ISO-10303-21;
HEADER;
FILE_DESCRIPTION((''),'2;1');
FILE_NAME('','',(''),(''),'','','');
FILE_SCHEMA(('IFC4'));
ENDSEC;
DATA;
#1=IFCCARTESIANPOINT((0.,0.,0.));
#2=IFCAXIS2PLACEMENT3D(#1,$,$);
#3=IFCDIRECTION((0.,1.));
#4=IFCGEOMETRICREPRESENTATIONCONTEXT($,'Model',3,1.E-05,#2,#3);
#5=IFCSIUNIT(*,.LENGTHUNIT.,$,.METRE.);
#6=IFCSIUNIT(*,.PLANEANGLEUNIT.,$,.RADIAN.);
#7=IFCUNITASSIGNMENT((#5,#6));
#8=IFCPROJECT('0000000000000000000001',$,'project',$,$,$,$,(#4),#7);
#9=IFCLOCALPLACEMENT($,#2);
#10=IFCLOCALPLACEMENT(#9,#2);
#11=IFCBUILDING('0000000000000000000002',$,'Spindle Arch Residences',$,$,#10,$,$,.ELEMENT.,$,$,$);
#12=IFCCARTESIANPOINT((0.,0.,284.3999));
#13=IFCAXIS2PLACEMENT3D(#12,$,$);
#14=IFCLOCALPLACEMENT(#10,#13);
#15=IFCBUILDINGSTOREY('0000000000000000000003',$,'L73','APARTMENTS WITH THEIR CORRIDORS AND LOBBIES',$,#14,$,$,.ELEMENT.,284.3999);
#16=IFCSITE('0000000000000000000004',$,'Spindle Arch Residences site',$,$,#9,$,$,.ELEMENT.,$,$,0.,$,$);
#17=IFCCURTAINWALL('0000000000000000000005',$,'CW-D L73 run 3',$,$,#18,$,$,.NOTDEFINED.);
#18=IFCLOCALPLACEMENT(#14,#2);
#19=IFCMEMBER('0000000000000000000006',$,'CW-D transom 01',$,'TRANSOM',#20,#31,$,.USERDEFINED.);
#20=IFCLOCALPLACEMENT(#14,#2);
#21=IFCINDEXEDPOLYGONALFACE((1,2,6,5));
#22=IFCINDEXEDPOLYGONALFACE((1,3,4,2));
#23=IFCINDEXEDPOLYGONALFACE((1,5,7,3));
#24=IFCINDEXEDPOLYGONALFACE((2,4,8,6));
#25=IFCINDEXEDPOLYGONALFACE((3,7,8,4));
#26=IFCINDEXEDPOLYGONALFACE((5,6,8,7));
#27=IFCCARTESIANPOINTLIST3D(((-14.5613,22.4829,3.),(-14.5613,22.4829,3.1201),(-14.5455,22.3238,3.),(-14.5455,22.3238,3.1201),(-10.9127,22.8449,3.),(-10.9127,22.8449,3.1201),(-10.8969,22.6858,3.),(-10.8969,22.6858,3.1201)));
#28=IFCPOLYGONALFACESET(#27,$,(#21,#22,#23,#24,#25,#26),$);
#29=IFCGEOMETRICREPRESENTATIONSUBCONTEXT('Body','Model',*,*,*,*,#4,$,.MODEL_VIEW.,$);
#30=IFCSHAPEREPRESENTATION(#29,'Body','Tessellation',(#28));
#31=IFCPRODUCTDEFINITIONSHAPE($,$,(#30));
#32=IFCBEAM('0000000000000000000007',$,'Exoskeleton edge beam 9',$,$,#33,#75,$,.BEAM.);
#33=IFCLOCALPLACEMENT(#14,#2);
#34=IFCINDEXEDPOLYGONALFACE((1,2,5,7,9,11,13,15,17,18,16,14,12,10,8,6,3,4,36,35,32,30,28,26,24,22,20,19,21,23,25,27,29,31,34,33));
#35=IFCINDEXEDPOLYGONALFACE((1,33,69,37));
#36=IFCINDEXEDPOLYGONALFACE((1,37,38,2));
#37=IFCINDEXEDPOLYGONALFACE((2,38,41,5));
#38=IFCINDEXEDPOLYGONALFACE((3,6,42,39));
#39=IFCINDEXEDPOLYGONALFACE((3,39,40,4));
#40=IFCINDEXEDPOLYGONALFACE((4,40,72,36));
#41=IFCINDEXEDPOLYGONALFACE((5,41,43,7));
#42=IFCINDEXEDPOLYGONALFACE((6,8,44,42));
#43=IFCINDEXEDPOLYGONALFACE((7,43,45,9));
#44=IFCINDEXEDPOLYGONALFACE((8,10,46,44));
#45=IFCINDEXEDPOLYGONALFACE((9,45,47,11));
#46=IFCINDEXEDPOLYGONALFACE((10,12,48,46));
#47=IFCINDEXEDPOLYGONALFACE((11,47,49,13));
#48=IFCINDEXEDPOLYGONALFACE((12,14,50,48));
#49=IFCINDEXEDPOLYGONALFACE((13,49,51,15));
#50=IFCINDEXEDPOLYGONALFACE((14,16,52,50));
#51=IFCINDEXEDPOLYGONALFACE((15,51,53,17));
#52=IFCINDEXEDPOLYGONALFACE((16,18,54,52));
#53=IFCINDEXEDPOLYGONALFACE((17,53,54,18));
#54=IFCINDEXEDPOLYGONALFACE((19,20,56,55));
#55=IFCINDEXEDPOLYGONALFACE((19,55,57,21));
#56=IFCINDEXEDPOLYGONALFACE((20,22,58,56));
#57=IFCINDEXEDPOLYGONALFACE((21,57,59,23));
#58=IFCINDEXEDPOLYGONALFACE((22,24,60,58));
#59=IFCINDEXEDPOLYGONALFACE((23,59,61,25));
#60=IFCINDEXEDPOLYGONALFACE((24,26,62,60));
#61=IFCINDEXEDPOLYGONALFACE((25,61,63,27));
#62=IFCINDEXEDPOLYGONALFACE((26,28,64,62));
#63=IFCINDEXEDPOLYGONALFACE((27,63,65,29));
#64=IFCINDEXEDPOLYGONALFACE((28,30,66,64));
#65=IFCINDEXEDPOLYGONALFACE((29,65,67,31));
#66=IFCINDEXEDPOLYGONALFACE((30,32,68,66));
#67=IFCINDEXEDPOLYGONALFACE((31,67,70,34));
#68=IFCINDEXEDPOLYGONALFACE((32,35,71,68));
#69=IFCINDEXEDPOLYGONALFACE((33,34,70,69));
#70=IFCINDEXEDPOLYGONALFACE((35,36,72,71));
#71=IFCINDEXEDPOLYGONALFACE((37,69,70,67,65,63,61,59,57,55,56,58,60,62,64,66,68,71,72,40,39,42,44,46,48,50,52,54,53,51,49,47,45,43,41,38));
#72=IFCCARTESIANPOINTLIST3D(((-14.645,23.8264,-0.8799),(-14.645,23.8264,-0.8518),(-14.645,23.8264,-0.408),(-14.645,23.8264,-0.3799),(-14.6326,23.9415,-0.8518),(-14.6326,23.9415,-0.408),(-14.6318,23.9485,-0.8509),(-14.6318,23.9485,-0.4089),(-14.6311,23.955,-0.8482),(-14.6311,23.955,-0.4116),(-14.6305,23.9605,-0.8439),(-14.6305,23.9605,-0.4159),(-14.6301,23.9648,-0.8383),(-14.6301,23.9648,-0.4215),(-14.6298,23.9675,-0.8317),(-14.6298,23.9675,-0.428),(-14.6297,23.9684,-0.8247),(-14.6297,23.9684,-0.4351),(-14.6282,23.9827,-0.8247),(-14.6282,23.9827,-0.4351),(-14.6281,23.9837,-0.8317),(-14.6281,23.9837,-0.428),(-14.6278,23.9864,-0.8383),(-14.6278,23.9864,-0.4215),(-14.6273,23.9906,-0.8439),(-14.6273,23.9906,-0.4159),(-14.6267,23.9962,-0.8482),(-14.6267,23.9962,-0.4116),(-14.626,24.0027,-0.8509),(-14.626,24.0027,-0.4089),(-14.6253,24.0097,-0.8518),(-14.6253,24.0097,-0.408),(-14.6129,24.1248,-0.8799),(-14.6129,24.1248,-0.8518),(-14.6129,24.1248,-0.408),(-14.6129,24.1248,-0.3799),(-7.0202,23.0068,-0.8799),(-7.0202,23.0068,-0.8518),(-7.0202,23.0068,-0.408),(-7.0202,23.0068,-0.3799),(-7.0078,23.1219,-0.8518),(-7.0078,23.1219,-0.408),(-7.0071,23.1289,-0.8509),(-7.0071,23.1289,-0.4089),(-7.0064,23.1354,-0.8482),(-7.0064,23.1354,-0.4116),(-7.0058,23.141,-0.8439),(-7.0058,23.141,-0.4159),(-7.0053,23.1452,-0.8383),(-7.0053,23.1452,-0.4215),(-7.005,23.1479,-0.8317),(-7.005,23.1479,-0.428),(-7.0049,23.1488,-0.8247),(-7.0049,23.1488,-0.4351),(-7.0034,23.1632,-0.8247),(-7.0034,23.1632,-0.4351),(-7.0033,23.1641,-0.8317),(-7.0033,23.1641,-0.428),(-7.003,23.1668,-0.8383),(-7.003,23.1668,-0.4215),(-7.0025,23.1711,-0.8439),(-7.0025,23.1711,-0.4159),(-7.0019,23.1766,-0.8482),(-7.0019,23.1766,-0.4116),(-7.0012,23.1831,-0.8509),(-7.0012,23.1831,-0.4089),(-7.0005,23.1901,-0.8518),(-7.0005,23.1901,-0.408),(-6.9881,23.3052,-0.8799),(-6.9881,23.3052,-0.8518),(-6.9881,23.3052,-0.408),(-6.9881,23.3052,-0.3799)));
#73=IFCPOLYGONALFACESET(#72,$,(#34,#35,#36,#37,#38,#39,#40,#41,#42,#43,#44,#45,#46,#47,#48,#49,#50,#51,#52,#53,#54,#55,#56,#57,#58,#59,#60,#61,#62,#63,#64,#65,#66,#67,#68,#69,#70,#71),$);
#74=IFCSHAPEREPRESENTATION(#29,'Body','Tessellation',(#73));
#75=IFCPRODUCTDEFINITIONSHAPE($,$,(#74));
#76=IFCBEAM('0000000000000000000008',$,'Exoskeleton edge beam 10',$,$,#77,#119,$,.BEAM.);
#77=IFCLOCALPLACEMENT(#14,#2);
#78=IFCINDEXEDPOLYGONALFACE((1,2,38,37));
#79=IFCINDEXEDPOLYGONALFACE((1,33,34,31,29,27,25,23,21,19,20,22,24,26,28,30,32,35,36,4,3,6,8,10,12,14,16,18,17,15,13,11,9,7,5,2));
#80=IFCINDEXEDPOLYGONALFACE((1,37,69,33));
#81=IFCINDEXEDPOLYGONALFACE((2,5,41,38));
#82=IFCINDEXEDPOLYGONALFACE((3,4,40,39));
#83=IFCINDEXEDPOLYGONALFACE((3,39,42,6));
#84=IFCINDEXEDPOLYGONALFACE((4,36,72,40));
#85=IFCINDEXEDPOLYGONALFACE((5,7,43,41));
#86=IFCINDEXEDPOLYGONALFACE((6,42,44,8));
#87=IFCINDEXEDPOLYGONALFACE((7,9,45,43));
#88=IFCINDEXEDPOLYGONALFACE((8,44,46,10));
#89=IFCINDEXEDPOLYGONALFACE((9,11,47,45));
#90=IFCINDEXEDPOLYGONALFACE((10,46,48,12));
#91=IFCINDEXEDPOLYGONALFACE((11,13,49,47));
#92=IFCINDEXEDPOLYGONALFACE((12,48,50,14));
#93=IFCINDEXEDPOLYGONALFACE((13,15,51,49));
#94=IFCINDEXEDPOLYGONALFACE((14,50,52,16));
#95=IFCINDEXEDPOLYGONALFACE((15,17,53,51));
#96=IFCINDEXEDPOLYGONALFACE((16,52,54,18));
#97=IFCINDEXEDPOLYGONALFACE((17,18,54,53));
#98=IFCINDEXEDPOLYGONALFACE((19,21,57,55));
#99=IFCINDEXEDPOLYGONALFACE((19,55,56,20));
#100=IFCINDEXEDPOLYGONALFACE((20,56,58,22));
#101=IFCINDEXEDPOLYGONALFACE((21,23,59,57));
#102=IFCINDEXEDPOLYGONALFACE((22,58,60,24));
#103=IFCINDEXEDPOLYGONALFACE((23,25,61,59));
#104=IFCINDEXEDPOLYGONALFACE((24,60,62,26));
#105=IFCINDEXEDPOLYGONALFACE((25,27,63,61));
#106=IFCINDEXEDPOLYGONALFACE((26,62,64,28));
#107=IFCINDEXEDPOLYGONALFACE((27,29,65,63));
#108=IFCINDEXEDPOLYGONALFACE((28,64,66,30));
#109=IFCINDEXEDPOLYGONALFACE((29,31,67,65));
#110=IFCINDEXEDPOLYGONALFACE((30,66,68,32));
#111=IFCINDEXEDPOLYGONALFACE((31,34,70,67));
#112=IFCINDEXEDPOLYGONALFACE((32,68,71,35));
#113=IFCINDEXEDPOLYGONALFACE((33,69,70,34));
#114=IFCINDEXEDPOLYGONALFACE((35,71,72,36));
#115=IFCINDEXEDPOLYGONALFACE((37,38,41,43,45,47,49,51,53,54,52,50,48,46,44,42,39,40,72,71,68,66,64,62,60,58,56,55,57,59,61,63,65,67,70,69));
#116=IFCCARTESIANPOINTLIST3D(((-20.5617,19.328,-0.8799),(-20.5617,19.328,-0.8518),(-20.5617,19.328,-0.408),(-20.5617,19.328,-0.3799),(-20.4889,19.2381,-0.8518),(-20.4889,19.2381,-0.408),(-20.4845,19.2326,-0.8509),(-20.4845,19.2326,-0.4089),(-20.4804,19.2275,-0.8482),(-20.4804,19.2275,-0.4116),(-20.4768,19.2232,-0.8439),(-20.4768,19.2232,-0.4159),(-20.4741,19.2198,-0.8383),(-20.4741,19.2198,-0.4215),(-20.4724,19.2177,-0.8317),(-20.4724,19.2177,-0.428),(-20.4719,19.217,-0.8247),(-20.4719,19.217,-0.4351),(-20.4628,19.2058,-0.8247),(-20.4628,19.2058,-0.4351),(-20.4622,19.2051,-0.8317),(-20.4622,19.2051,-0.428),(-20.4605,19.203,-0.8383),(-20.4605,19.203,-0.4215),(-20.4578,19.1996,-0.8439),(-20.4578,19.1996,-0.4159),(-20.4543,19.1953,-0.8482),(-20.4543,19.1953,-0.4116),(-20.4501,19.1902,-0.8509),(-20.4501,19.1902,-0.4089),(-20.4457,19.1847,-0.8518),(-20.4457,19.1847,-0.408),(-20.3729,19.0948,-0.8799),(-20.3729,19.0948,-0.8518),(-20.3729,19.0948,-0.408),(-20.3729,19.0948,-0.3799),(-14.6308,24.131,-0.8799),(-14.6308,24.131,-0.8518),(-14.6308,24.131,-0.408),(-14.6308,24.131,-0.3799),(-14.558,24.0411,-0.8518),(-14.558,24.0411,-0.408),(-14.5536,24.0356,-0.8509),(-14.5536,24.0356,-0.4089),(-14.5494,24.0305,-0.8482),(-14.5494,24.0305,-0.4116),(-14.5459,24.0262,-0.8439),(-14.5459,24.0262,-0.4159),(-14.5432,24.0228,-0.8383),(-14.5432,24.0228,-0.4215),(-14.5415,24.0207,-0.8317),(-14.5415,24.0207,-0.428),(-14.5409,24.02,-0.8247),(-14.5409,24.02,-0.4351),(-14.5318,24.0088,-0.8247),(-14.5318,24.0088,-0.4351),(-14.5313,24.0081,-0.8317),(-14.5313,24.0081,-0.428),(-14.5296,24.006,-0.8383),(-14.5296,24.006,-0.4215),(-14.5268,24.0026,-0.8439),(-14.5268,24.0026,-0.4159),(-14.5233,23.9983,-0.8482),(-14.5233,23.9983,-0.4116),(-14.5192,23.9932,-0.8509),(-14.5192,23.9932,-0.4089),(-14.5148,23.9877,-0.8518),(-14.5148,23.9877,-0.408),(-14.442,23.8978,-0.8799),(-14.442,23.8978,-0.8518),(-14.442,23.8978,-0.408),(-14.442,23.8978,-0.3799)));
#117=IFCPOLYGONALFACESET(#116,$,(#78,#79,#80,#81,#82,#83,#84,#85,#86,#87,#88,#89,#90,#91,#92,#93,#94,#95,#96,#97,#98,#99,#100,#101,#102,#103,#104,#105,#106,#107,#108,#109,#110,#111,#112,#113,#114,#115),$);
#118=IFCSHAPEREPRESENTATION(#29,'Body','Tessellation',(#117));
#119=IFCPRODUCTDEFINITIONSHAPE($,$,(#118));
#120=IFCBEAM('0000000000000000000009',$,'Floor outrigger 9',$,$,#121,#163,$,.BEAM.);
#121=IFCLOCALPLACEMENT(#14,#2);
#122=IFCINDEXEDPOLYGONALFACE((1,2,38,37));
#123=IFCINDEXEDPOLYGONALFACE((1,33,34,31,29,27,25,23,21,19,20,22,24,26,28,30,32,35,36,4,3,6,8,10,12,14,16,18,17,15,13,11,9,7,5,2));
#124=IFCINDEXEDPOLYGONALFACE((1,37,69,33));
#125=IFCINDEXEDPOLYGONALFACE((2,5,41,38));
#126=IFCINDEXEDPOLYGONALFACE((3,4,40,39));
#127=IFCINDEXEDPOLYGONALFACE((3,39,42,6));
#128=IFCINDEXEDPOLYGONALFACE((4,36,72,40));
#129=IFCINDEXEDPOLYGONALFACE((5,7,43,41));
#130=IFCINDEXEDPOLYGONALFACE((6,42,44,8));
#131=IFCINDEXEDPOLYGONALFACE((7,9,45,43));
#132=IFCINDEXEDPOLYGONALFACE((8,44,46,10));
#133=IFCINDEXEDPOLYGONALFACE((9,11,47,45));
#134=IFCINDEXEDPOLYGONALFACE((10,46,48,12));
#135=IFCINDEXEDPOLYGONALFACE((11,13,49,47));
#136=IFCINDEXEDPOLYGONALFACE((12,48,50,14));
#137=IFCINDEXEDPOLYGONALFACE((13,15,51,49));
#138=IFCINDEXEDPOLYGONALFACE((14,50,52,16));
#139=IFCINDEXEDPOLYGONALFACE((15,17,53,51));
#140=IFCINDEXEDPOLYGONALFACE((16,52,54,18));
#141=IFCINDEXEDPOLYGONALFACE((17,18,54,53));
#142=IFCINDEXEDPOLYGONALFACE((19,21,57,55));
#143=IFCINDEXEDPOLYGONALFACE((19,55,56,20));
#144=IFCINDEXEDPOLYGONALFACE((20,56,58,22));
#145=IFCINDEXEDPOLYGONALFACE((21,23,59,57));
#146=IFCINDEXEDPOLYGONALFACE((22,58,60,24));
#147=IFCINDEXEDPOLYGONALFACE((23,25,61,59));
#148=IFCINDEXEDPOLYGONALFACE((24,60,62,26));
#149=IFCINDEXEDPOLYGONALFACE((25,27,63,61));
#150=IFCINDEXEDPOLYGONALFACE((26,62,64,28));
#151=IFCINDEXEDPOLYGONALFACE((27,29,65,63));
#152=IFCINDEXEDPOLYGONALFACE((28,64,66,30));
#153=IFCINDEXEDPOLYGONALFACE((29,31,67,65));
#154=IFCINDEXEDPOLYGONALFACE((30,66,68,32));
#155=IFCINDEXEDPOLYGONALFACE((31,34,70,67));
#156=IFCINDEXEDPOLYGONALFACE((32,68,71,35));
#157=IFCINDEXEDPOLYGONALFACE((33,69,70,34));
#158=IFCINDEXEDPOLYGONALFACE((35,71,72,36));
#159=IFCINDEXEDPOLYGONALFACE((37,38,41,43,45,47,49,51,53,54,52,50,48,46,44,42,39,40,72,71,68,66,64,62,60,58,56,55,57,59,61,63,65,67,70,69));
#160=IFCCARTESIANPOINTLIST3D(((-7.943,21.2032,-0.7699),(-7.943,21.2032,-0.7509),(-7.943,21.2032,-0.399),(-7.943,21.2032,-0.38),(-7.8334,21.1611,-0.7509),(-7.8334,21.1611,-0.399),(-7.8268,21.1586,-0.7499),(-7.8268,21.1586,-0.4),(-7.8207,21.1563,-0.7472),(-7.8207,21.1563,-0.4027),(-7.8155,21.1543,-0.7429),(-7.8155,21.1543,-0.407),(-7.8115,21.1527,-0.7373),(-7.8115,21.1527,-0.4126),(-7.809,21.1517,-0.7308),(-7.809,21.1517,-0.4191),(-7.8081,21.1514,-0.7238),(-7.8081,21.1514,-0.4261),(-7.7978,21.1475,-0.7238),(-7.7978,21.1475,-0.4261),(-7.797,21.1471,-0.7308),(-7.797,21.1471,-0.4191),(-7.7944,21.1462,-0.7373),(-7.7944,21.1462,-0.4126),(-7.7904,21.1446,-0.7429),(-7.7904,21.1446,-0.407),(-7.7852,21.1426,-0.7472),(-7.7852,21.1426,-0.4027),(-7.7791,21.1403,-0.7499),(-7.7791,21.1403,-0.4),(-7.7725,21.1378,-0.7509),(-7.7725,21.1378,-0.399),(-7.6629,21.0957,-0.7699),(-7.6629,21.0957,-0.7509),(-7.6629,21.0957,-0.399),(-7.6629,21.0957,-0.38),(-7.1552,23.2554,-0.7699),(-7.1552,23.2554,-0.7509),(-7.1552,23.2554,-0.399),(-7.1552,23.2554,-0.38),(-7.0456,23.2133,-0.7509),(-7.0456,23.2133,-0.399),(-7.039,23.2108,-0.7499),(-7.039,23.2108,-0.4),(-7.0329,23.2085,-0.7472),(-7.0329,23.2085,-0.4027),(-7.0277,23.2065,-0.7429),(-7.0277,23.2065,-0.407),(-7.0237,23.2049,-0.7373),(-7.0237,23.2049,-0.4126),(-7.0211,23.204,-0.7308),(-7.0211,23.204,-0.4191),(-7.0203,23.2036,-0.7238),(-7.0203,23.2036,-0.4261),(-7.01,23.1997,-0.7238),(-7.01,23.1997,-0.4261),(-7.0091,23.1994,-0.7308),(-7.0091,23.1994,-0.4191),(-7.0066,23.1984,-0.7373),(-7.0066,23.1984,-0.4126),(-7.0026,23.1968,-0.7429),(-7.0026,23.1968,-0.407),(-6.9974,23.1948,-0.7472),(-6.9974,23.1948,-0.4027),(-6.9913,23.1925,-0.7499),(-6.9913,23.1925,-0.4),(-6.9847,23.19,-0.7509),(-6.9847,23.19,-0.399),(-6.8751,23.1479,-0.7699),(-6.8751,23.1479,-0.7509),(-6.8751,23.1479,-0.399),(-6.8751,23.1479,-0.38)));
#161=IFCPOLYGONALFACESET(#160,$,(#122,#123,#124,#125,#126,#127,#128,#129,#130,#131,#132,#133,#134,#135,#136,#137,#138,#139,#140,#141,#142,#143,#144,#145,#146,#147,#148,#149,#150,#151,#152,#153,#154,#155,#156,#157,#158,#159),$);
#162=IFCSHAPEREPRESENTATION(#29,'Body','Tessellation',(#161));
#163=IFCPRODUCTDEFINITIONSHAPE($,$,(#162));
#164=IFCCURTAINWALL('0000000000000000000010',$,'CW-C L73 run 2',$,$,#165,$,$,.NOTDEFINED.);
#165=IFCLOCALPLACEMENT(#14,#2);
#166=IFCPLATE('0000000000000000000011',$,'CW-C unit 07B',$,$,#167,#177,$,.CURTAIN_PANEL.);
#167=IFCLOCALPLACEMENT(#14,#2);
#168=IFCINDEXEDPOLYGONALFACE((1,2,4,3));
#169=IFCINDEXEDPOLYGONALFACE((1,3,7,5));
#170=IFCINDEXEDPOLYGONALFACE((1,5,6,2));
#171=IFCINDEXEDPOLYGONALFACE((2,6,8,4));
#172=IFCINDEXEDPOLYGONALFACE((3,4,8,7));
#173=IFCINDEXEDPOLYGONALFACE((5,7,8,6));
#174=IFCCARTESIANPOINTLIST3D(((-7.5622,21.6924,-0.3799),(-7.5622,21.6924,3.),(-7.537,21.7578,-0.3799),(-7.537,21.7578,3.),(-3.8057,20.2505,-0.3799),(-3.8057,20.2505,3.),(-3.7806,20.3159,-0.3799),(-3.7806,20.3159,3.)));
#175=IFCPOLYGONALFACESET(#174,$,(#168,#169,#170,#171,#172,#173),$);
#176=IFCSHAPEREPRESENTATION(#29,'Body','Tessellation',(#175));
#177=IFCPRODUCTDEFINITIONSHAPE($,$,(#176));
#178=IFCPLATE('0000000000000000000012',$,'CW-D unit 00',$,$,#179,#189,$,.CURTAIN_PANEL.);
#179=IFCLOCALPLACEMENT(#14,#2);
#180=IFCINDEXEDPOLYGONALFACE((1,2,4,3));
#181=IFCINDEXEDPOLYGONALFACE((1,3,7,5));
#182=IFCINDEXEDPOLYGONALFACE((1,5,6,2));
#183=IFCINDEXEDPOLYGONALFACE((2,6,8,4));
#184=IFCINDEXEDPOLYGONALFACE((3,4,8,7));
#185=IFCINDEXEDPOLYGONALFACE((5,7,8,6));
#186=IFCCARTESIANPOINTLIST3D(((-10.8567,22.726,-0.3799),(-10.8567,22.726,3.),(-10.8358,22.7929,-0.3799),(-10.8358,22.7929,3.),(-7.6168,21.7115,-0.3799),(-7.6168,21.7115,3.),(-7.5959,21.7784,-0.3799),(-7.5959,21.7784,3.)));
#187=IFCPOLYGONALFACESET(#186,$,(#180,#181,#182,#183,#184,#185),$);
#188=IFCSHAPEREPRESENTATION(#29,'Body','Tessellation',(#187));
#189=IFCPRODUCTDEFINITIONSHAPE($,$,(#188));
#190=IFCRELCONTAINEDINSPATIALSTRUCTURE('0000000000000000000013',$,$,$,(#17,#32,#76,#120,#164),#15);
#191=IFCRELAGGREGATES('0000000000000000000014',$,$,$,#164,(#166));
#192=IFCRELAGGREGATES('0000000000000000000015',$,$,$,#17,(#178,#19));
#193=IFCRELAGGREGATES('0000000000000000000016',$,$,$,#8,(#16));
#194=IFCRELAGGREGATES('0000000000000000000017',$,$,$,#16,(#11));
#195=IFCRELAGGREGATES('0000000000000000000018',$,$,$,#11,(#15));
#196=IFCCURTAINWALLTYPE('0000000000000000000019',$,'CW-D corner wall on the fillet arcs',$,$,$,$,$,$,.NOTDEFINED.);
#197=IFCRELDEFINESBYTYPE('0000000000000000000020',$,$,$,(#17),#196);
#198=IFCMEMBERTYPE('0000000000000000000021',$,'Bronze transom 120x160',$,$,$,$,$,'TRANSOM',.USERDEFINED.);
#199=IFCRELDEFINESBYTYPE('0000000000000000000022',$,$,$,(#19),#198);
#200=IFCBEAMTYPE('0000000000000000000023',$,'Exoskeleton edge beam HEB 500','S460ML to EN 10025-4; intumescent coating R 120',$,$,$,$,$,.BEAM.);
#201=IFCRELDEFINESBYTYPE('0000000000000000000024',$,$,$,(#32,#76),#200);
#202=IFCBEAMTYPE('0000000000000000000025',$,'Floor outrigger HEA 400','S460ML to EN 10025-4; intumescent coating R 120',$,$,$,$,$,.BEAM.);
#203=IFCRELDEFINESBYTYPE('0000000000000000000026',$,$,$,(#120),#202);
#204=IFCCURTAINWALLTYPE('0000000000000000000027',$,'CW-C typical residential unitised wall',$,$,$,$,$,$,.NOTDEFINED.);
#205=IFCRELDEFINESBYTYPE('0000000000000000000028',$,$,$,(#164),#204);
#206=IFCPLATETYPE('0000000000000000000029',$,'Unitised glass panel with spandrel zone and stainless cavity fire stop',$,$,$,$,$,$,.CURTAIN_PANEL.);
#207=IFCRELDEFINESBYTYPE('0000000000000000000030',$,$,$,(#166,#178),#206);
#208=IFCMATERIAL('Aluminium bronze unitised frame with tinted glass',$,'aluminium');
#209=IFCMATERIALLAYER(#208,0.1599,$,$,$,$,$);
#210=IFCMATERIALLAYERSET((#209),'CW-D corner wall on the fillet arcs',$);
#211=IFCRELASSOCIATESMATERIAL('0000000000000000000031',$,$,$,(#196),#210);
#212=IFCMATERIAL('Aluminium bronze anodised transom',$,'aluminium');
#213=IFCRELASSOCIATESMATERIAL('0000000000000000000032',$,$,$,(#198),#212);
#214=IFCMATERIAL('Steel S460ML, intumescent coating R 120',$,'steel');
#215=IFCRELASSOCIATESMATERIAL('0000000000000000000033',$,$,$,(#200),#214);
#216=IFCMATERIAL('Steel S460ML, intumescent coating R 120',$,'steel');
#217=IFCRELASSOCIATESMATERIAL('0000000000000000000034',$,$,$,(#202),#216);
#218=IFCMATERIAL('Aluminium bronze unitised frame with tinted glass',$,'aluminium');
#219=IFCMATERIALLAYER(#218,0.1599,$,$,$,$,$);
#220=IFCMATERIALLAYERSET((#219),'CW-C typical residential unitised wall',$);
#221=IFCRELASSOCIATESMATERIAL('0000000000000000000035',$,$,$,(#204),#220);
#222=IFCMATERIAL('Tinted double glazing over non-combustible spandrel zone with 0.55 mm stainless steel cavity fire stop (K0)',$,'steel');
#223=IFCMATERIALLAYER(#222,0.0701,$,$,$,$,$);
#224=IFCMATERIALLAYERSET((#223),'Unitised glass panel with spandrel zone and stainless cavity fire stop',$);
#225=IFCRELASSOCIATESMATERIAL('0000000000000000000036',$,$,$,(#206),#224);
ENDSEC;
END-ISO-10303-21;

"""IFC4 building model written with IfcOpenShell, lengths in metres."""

from ifc_helpers import new_model, si_unit, direction, frame, origin, origin_2d, place, context, subcontext, project, spatial, rectangle, i_section, extrude, material, layer, layer_set, material_profile, profile_set, type_object, element, aggregate, save


model = new_model("IFC4")

# Units and contexts
model_context = context("Model", 3, precision=1e-05, world=origin(), true_north=direction((0.0, 1.0)))
body_context = subcontext(model_context, "Body", "Model", "MODEL_VIEW")
ifc_project = project(units=[si_unit("LENGTHUNIT", "METRE"), si_unit("PLANEANGLEUNIT", "RADIAN")], contexts=[model_context])

# Site, building, storey
site_placement = place(None, origin())
site = spatial("IfcSite", under=ifc_project, at=site_placement, Name="Spindle Arch Residences site", CompositionType="ELEMENT", RefElevation=0.0)
building_placement = place(site_placement, origin())
building = spatial("IfcBuilding", under=site, at=building_placement, Name="Spindle Arch Residences", CompositionType="ELEMENT")
storey_placement = place(building_placement, frame((0.0, 0.0, 284.3999)))
storey = spatial("IfcBuildingStorey", under=building, at=storey_placement, Name="L73", Description="APARTMENTS WITH THEIR CORRIDORS AND LOBBIES", CompositionType="ELEMENT", Elevation=284.3999)

# Curtain wall, member
ifc_material_1 = material(Name="Aluminium bronze unitised frame with tinted glass", Category="aluminium")
ifc_layer_1 = layer(ifc_material_1, 0.1599)
ifc_layer_set_1 = layer_set([ifc_layer_1], Name="CW-D corner wall on the fillet arcs")
curtain_wall_type_1 = type_object("IfcCurtainWallType", Name="CW-D corner wall on the fillet arcs", PredefinedType="NOTDEFINED", material=ifc_layer_set_1)
curtain_wall_1_placement = place(storey_placement, origin())
curtain_wall_1 = element("IfcCurtainWall", 1, at=curtain_wall_1_placement, inside=storey, type_object=curtain_wall_type_1, Name="CW-D L73 run 3", PredefinedType="NOTDEFINED")
ifc_material_2 = material(Name="Aluminium bronze anodised transom", Category="aluminium")
ifc_material_profile_1 = material_profile(ifc_material_2, rectangle(XDim=0.1599, YDim=0.1201, at=origin_2d()), Name="TR 120x160")
ifc_profile_set_1 = profile_set([ifc_material_profile_1], Name="Aluminium bronze anodised transom")
member_type_1 = type_object("IfcMemberType", Name="Bronze transom 120x160", ElementType="TRANSOM", PredefinedType="USERDEFINED", material=ifc_profile_set_1)
member_1_placement = place(storey_placement, frame((-10.9048, 22.7654, 3.0601), z_axis=(-0.995113, -0.098746, 0.0), x_axis=(0.098746, -0.995113, 0.0)))
member_1 = element("IfcMember", 2, at=member_1_placement, type_object=member_type_1, Name="CW-D transom 01", ObjectType="TRANSOM", PredefinedType="USERDEFINED", context=body_context, shape_type="SweptSolid", body=[
    extrude(rectangle(XDim=0.1599, YDim=0.1201, at=origin_2d()), origin(), (0.0, 0.0, 1.0), 3.6665),
])

# Beams
ifc_material_3 = material(Name="Steel S460ML, intumescent coating R 120", Category="steel")
ifc_material_profile_2 = material_profile(ifc_material_3, i_section(OverallWidth=0.3, OverallDepth=0.5, WebThickness=0.0144, FlangeThickness=0.0281, FilletRadius=0.0271, at=origin_2d()), Name="HEB 500")
ifc_profile_set_2 = profile_set([ifc_material_profile_2], Name="Steel S460ML, intumescent coating R 120")
beam_type_1 = type_object("IfcBeamType", Name="Exoskeleton edge beam HEB 500", Description="S460ML to EN 10025-4; intumescent coating R 120", PredefinedType="BEAM", material=ifc_profile_set_2)
beam_1_placement = place(storey_placement, frame((-7.0042, 23.156, -0.6299), z_axis=(-0.994273, 0.106874, 0.0), x_axis=(-0.106874, -0.994273, 0.0)))
element("IfcBeam", 3, at=beam_1_placement, inside=storey, type_object=beam_type_1, Name="Exoskeleton edge beam 9", PredefinedType="BEAM", context=body_context, shape_type="SweptSolid", body=[
    extrude(i_section(OverallWidth=0.3, OverallDepth=0.5, WebThickness=0.0144, FlangeThickness=0.0281, FilletRadius=0.0271, at=origin_2d()), origin(), (0.0, 0.0, 1.0), 7.6687),
])
beam_2_placement = place(storey_placement, frame((-14.5364, 24.0144, -0.6299), z_axis=(-0.777132, -0.629338, 0.0), x_axis=(0.629338, -0.777132, 0.0)))
element("IfcBeam", 4, at=beam_2_placement, inside=storey, type_object=beam_type_1, Name="Exoskeleton edge beam 10", PredefinedType="BEAM", context=body_context, shape_type="SweptSolid", body=[
    extrude(i_section(OverallWidth=0.3, OverallDepth=0.5, WebThickness=0.0144, FlangeThickness=0.0281, FilletRadius=0.0271, at=origin_2d()), origin(), (0.0, 0.0, 1.0), 7.6318),
])
ifc_material_4 = material(Name="Steel S460ML, intumescent coating R 120", Category="steel")
ifc_material_profile_3 = material_profile(ifc_material_4, i_section(OverallWidth=0.3, OverallDepth=0.3899, WebThickness=0.011, FlangeThickness=0.019, FilletRadius=0.0271, at=origin_2d()), Name="HEA 400")
ifc_profile_set_3 = profile_set([ifc_material_profile_3], Name="Steel S460ML, intumescent coating R 120")
beam_type_2 = type_object("IfcBeamType", Name="Floor outrigger HEA 400", Description="S460ML to EN 10025-4; intumescent coating R 120", PredefinedType="BEAM", material=ifc_profile_set_3)
beam_3_placement = place(storey_placement, frame((-7.0151, 23.2017, -0.575), z_axis=(-0.358391, -0.933572, 0.0), x_axis=(0.933572, -0.358391, 0.0)))
element("IfcBeam", 5, at=beam_3_placement, inside=storey, type_object=beam_type_2, Name="Floor outrigger 9", PredefinedType="BEAM", context=body_context, shape_type="SweptSolid", body=[
    extrude(i_section(OverallWidth=0.3, OverallDepth=0.3899, WebThickness=0.011, FlangeThickness=0.019, FilletRadius=0.0271, at=origin_2d()), origin(), (0.0, 0.0, 1.0), 2.1982),
])

# Curtain wall, plate
ifc_material_5 = material(Name="Aluminium bronze unitised frame with tinted glass", Category="aluminium")
ifc_layer_2 = layer(ifc_material_5, 0.1599)
ifc_layer_set_2 = layer_set([ifc_layer_2], Name="CW-C typical residential unitised wall")
curtain_wall_type_2 = type_object("IfcCurtainWallType", Name="CW-C typical residential unitised wall", PredefinedType="NOTDEFINED", material=ifc_layer_set_2)
curtain_wall_2_placement = place(storey_placement, origin())
curtain_wall_2 = element("IfcCurtainWall", 6, at=curtain_wall_2_placement, inside=storey, type_object=curtain_wall_type_2, Name="CW-C L73 run 2", PredefinedType="NOTDEFINED")
ifc_material_6 = material(Name="Tinted double glazing over non-combustible spandrel zone with 0.55 mm stainless steel cavity fire stop (K0)", Category="steel")
ifc_layer_3 = layer(ifc_material_6, 0.0701)
ifc_layer_set_3 = layer_set([ifc_layer_3], Name="Unitised glass panel with spandrel zone and stainless cavity fire stop")
plate_type = type_object("IfcPlateType", Name="Unitised glass panel with spandrel zone and stainless cavity fire stop", PredefinedType="CURTAIN_PANEL", material=ifc_layer_set_3)
plate_1_placement = place(storey_placement, frame((-5.6714, 21.0042, -0.3799), z_axis=(0.0, 0.0, 1.0), x_axis=(-0.93358, 0.358368, 0.0)))
plate_1 = element("IfcPlate", 7, at=plate_1_placement, type_object=plate_type, Name="CW-C unit 07B", PredefinedType="CURTAIN_PANEL", context=body_context, shape_type="SweptSolid", body=[
    extrude(rectangle(XDim=4.0237, YDim=0.0701, at=origin_2d()), origin(), (0.0, 0.0, 1.0), 3.3799),
])
aggregate(curtain_wall_2, [plate_1])

# Plate
plate_2_placement = place(storey_placement, frame((-9.2263, 22.2522, -0.3799), z_axis=(0.0, 0.0, 1.0), x_axis=(-0.954315, 0.298803, 0.0)))
plate_2 = element("IfcPlate", 8, at=plate_2_placement, type_object=plate_type, Name="CW-D unit 00", PredefinedType="CURTAIN_PANEL", context=body_context, shape_type="SweptSolid", body=[
    extrude(rectangle(XDim=3.395, YDim=0.0701, at=origin_2d()), origin(), (0.0, 0.0, 1.0), 3.3799),
])
aggregate(curtain_wall_1, [plate_2, member_1])

save(model, "model.ifc")
